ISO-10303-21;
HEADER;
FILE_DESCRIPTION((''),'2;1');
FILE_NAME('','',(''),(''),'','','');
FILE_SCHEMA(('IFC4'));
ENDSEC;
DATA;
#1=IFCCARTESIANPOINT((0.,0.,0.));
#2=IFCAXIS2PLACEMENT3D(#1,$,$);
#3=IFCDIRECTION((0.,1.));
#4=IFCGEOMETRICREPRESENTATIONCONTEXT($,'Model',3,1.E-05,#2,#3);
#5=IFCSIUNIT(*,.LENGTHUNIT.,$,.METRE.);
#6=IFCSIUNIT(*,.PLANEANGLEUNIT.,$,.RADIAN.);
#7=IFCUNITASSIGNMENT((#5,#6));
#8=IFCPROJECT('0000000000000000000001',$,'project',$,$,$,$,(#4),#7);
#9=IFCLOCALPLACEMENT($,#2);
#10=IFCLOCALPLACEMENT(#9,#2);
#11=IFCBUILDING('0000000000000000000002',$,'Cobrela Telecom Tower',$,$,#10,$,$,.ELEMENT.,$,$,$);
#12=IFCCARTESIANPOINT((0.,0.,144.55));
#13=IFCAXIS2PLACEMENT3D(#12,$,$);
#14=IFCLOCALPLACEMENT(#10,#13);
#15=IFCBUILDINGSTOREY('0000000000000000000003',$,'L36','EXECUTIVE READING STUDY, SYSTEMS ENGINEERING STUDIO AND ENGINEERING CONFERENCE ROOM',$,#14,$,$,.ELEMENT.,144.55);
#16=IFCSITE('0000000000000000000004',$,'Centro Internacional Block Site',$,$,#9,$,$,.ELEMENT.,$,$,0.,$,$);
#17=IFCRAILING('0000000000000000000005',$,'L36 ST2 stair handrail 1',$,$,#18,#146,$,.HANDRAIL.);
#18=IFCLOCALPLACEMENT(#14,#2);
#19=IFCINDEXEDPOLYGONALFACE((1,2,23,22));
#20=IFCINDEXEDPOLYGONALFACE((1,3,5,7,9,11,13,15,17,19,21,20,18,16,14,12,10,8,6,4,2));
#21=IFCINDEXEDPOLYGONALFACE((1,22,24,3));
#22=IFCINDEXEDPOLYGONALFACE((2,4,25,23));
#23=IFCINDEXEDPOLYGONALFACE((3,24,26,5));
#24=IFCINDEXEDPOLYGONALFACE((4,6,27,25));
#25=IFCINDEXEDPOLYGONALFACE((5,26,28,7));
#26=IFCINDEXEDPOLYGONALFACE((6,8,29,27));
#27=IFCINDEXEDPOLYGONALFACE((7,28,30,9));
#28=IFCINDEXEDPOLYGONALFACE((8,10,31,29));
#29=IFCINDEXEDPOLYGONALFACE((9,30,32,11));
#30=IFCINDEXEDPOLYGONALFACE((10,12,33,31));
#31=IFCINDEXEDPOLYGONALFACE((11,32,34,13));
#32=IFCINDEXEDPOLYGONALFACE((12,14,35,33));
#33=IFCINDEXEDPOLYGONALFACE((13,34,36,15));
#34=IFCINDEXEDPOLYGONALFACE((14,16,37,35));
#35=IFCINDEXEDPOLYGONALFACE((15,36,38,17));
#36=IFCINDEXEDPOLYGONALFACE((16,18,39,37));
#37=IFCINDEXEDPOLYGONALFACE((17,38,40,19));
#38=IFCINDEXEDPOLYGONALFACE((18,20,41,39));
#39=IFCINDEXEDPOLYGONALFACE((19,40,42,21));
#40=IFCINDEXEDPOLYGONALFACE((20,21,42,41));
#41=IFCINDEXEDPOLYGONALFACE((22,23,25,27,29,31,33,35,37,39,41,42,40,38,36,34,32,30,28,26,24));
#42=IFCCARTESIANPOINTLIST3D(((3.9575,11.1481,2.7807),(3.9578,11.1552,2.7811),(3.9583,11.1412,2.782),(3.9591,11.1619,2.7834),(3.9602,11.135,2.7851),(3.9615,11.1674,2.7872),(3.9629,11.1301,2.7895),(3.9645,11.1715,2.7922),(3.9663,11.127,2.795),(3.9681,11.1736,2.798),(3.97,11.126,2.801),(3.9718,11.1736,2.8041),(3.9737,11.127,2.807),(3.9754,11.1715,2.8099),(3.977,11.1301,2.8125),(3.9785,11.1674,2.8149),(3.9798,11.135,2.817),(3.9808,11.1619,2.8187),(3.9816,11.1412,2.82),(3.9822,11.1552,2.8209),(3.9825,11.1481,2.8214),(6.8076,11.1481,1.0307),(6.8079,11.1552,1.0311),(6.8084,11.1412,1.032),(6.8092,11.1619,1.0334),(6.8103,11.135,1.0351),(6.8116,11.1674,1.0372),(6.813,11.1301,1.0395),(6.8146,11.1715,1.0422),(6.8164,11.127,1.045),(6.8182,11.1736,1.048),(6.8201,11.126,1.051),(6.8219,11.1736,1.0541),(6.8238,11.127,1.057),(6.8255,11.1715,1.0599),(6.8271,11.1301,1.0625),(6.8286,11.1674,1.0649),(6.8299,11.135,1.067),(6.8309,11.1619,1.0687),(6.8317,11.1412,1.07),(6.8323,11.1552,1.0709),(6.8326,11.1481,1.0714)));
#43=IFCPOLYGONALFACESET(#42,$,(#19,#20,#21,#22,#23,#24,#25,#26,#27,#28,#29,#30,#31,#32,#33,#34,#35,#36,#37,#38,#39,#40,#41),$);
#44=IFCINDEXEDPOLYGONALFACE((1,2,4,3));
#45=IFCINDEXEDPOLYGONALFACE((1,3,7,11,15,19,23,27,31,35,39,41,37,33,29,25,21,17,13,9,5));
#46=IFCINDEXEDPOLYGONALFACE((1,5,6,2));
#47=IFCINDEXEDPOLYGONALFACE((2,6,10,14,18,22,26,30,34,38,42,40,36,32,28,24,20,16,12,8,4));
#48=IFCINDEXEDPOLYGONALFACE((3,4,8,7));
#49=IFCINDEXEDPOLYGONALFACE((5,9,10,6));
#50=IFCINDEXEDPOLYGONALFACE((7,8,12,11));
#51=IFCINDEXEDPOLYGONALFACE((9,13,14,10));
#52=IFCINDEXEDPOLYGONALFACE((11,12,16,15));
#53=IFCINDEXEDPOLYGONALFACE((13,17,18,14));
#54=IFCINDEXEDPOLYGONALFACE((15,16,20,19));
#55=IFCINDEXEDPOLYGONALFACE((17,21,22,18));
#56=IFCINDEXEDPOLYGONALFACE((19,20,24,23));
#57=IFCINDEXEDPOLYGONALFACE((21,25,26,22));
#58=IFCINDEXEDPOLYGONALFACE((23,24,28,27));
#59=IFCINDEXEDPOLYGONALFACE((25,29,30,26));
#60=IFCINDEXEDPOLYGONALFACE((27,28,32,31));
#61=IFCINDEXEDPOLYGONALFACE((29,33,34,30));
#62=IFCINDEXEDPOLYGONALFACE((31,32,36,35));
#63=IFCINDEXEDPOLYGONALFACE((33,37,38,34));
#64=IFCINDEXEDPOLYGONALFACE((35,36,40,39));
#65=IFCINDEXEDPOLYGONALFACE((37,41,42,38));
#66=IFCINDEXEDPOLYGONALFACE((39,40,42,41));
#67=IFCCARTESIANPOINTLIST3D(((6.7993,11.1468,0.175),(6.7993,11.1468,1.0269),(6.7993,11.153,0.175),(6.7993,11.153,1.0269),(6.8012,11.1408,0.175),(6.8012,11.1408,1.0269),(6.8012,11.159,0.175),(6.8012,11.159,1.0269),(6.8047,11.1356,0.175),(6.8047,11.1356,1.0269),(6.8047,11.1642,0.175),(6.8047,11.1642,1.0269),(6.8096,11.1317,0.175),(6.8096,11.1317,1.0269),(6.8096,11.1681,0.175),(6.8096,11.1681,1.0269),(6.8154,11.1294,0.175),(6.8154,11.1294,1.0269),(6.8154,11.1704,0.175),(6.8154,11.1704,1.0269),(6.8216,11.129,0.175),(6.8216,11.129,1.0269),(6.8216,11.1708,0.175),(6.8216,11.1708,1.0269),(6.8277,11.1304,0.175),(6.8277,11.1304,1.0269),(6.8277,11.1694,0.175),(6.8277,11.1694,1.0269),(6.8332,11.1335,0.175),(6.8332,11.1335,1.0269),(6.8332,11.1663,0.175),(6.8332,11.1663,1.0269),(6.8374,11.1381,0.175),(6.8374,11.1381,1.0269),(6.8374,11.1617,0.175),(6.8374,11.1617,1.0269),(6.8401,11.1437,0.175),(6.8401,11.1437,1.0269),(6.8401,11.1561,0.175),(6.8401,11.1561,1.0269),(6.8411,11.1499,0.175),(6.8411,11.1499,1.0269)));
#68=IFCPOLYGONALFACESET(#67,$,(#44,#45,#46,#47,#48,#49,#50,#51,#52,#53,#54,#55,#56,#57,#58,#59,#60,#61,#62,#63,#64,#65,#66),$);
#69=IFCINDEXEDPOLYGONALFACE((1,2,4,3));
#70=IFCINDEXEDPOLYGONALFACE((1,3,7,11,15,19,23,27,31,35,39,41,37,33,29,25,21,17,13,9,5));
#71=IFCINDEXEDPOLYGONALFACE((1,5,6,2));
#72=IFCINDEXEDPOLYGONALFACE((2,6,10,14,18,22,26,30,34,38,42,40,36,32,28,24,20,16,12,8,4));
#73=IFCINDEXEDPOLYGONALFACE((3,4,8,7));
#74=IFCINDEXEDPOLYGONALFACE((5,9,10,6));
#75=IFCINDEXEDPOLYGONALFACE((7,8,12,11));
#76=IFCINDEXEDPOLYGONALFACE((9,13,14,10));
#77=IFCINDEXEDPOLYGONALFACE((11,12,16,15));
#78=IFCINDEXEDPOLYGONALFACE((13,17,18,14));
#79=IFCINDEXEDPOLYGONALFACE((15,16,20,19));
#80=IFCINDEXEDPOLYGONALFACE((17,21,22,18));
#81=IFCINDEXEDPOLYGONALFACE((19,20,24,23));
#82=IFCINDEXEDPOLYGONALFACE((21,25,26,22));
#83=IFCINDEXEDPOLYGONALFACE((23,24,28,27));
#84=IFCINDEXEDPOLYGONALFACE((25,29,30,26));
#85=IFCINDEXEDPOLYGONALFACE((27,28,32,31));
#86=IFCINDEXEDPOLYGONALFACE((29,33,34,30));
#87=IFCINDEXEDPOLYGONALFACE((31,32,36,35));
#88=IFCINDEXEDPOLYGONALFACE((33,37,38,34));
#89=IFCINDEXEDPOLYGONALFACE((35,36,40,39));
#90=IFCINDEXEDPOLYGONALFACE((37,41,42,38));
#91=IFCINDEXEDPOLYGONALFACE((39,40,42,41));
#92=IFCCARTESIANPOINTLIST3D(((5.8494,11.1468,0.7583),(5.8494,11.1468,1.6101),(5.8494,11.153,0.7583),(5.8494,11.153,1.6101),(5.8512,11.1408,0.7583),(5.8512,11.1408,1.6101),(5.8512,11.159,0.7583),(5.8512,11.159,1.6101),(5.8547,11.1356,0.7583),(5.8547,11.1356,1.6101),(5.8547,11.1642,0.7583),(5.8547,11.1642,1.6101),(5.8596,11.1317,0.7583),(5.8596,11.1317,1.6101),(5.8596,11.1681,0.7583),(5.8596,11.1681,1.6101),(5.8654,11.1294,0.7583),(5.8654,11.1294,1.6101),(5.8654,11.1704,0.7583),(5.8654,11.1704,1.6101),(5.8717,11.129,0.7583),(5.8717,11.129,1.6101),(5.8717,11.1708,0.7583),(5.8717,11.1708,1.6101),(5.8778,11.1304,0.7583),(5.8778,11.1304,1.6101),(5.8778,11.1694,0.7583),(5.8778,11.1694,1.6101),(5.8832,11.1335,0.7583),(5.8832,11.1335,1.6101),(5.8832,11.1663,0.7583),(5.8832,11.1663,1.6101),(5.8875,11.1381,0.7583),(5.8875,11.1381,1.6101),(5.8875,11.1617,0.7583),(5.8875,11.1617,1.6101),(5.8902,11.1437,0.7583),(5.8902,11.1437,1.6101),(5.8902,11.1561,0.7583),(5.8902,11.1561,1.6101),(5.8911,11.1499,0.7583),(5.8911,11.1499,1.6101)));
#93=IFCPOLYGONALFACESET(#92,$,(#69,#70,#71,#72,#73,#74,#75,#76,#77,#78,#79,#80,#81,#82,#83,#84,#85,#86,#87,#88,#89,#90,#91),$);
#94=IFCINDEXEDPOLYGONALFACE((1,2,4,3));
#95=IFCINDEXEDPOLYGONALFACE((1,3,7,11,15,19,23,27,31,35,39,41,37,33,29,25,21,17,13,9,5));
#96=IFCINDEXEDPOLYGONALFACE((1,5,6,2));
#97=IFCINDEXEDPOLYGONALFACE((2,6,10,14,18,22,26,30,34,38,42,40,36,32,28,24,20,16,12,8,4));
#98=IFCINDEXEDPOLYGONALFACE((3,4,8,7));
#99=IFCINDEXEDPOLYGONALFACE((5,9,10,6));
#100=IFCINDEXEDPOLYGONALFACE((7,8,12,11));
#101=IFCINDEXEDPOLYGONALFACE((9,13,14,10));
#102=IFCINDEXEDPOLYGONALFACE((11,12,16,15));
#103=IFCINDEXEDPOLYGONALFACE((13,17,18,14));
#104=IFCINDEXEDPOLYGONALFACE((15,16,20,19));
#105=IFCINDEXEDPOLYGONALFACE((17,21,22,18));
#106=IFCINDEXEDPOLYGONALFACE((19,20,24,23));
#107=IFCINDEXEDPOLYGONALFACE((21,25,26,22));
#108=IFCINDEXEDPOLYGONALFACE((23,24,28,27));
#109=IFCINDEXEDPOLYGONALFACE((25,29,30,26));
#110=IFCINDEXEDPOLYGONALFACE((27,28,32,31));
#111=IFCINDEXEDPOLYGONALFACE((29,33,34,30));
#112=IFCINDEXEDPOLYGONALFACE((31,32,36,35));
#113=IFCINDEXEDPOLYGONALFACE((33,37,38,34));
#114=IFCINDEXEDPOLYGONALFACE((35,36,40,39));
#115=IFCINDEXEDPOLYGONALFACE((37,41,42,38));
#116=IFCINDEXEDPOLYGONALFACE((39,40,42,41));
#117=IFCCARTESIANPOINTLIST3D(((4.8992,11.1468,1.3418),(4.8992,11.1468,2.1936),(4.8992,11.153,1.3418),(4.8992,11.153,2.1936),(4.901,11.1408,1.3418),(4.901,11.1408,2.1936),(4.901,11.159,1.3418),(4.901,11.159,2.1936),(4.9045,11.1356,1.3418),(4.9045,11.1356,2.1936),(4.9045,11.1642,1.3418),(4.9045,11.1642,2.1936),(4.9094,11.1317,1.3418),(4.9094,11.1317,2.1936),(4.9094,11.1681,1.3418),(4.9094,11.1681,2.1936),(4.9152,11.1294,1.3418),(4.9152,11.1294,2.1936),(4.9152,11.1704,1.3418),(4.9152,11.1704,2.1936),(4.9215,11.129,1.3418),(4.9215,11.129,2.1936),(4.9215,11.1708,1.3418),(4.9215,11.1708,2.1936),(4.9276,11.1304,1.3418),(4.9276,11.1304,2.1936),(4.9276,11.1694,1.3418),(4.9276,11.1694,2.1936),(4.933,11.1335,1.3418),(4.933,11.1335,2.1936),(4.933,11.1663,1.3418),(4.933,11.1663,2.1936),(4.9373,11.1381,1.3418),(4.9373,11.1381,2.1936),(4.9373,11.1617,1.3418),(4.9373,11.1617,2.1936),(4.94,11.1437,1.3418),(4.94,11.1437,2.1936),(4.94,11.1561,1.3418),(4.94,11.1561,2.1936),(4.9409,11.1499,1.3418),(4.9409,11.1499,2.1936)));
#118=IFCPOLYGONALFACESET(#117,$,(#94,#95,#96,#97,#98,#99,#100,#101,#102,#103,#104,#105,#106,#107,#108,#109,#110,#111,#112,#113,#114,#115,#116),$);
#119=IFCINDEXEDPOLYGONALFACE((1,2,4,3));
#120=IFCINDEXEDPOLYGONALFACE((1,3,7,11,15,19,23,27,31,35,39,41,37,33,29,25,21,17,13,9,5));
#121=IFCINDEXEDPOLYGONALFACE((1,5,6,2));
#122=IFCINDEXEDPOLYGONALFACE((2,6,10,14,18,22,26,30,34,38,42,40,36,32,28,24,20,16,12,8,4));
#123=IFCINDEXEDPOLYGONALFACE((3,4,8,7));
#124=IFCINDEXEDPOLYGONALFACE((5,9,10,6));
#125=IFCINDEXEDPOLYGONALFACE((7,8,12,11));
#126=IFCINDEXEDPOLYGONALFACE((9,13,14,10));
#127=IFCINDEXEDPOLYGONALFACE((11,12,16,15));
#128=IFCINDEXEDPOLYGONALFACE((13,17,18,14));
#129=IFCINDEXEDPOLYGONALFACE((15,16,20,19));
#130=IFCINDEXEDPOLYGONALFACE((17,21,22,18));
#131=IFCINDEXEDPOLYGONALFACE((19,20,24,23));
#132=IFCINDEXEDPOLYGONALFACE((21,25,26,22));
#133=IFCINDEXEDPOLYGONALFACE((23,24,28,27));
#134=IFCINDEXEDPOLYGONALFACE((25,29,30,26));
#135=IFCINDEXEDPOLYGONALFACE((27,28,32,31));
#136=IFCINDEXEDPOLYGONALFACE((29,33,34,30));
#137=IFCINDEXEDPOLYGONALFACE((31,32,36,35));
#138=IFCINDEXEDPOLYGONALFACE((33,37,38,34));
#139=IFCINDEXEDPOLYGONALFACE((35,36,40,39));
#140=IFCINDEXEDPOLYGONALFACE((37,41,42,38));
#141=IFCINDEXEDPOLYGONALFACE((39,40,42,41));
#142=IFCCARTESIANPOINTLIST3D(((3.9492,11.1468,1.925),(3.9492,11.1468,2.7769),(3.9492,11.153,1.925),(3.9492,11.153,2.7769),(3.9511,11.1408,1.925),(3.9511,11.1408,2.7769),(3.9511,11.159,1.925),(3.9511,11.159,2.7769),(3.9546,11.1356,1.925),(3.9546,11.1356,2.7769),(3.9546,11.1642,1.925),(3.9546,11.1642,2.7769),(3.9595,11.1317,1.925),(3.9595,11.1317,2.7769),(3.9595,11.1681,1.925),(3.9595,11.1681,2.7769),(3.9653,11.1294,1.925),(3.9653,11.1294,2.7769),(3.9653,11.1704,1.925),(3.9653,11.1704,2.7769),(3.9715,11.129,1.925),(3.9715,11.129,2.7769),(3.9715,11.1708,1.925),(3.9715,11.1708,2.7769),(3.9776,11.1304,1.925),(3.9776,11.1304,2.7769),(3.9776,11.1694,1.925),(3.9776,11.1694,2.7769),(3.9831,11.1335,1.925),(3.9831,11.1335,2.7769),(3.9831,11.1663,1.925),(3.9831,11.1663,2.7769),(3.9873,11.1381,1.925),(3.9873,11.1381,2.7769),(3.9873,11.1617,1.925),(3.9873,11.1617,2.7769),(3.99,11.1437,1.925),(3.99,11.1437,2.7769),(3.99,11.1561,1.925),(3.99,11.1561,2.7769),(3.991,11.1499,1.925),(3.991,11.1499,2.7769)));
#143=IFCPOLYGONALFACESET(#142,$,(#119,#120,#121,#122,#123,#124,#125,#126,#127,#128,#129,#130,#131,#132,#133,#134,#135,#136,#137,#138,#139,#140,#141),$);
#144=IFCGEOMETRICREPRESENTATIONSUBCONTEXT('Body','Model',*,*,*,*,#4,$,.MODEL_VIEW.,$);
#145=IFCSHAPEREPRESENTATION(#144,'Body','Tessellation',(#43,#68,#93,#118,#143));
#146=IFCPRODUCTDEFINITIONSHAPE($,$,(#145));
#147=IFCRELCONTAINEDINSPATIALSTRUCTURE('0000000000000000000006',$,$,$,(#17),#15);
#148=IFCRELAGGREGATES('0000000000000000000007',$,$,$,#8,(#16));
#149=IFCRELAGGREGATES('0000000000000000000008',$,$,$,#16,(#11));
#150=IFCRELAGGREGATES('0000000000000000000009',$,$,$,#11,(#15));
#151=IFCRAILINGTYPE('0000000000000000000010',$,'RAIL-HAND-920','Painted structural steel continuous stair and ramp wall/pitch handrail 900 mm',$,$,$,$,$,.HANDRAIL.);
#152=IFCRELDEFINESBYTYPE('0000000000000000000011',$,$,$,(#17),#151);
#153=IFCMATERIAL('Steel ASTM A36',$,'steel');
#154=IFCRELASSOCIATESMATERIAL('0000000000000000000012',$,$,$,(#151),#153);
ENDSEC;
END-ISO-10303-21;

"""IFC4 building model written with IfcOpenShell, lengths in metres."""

from ifc_helpers import new_model, si_unit, direction, frame, origin, origin_2d, place, context, subcontext, project, spatial, circle, extrude, material, type_object, element, save


model = new_model("IFC4")

# Units and contexts
model_context = context("Model", 3, precision=1e-05, world=origin(), true_north=direction((0.0, 1.0)))
body_context = subcontext(model_context, "Body", "Model", "MODEL_VIEW")
ifc_project = project(units=[si_unit("LENGTHUNIT", "METRE"), si_unit("PLANEANGLEUNIT", "RADIAN")], contexts=[model_context])

# Site, building, storey
site_placement = place(None, origin())
site = spatial("IfcSite", under=ifc_project, at=site_placement, Name="Centro Internacional Block Site", CompositionType="ELEMENT", RefElevation=0.0)
building_placement = place(site_placement, origin())
building = spatial("IfcBuilding", under=site, at=building_placement, Name="Cobrela Telecom Tower", CompositionType="ELEMENT")
storey_placement = place(building_placement, frame((0.0, 0.0, 144.55)))
storey = spatial("IfcBuildingStorey", under=building, at=storey_placement, Name="L36", Description="EXECUTIVE READING STUDY, SYSTEMS ENGINEERING STUDIO AND ENGINEERING CONFERENCE ROOM", CompositionType="ELEMENT", Elevation=144.55)

# Shared definitions
ifc_material_1 = material(Name="Steel ASTM A36", Category="steel")

# Railing
railing_type_1 = type_object("IfcRailingType", Name="RAIL-HAND-920", Description="Painted structural steel continuous stair and ramp wall/pitch handrail 900 mm", PredefinedType="HANDRAIL", material=ifc_material_1)
railing_1_placement = place(storey_placement, frame((6.8201, 11.1499, 0.175)))
element("IfcRailing", 1, at=railing_1_placement, inside=storey, type_object=railing_type_1, Name="L36 ST2 stair handrail 1", PredefinedType="HANDRAIL", context=body_context, shape_type="SweptSolid", body=[
    extrude(circle(Radius=0.0239, at=origin_2d()), frame((0.0, 0.0, 0.876), z_axis=(-0.852179, 0.0, 0.52325), x_axis=(0.0, -1.0, 0.0)), (0.0, 0.0, 1.0), 3.3445),
    extrude(circle(Radius=0.021, at=origin_2d()), origin(), (0.0, 0.0, 1.0), 0.8518),
    extrude(circle(Radius=0.021, at=origin_2d()), frame((-0.95, 0.0, 0.5833)), (0.0, 0.0, 1.0), 0.8518),
    extrude(circle(Radius=0.021, at=origin_2d()), frame((-1.9001, 0.0, 1.1667)), (0.0, 0.0, 1.0), 0.8518),
    extrude(circle(Radius=0.021, at=origin_2d()), frame((-2.8501, 0.0, 1.75)), (0.0, 0.0, 1.0), 0.8518),
])

save(model, "model.ifc")
